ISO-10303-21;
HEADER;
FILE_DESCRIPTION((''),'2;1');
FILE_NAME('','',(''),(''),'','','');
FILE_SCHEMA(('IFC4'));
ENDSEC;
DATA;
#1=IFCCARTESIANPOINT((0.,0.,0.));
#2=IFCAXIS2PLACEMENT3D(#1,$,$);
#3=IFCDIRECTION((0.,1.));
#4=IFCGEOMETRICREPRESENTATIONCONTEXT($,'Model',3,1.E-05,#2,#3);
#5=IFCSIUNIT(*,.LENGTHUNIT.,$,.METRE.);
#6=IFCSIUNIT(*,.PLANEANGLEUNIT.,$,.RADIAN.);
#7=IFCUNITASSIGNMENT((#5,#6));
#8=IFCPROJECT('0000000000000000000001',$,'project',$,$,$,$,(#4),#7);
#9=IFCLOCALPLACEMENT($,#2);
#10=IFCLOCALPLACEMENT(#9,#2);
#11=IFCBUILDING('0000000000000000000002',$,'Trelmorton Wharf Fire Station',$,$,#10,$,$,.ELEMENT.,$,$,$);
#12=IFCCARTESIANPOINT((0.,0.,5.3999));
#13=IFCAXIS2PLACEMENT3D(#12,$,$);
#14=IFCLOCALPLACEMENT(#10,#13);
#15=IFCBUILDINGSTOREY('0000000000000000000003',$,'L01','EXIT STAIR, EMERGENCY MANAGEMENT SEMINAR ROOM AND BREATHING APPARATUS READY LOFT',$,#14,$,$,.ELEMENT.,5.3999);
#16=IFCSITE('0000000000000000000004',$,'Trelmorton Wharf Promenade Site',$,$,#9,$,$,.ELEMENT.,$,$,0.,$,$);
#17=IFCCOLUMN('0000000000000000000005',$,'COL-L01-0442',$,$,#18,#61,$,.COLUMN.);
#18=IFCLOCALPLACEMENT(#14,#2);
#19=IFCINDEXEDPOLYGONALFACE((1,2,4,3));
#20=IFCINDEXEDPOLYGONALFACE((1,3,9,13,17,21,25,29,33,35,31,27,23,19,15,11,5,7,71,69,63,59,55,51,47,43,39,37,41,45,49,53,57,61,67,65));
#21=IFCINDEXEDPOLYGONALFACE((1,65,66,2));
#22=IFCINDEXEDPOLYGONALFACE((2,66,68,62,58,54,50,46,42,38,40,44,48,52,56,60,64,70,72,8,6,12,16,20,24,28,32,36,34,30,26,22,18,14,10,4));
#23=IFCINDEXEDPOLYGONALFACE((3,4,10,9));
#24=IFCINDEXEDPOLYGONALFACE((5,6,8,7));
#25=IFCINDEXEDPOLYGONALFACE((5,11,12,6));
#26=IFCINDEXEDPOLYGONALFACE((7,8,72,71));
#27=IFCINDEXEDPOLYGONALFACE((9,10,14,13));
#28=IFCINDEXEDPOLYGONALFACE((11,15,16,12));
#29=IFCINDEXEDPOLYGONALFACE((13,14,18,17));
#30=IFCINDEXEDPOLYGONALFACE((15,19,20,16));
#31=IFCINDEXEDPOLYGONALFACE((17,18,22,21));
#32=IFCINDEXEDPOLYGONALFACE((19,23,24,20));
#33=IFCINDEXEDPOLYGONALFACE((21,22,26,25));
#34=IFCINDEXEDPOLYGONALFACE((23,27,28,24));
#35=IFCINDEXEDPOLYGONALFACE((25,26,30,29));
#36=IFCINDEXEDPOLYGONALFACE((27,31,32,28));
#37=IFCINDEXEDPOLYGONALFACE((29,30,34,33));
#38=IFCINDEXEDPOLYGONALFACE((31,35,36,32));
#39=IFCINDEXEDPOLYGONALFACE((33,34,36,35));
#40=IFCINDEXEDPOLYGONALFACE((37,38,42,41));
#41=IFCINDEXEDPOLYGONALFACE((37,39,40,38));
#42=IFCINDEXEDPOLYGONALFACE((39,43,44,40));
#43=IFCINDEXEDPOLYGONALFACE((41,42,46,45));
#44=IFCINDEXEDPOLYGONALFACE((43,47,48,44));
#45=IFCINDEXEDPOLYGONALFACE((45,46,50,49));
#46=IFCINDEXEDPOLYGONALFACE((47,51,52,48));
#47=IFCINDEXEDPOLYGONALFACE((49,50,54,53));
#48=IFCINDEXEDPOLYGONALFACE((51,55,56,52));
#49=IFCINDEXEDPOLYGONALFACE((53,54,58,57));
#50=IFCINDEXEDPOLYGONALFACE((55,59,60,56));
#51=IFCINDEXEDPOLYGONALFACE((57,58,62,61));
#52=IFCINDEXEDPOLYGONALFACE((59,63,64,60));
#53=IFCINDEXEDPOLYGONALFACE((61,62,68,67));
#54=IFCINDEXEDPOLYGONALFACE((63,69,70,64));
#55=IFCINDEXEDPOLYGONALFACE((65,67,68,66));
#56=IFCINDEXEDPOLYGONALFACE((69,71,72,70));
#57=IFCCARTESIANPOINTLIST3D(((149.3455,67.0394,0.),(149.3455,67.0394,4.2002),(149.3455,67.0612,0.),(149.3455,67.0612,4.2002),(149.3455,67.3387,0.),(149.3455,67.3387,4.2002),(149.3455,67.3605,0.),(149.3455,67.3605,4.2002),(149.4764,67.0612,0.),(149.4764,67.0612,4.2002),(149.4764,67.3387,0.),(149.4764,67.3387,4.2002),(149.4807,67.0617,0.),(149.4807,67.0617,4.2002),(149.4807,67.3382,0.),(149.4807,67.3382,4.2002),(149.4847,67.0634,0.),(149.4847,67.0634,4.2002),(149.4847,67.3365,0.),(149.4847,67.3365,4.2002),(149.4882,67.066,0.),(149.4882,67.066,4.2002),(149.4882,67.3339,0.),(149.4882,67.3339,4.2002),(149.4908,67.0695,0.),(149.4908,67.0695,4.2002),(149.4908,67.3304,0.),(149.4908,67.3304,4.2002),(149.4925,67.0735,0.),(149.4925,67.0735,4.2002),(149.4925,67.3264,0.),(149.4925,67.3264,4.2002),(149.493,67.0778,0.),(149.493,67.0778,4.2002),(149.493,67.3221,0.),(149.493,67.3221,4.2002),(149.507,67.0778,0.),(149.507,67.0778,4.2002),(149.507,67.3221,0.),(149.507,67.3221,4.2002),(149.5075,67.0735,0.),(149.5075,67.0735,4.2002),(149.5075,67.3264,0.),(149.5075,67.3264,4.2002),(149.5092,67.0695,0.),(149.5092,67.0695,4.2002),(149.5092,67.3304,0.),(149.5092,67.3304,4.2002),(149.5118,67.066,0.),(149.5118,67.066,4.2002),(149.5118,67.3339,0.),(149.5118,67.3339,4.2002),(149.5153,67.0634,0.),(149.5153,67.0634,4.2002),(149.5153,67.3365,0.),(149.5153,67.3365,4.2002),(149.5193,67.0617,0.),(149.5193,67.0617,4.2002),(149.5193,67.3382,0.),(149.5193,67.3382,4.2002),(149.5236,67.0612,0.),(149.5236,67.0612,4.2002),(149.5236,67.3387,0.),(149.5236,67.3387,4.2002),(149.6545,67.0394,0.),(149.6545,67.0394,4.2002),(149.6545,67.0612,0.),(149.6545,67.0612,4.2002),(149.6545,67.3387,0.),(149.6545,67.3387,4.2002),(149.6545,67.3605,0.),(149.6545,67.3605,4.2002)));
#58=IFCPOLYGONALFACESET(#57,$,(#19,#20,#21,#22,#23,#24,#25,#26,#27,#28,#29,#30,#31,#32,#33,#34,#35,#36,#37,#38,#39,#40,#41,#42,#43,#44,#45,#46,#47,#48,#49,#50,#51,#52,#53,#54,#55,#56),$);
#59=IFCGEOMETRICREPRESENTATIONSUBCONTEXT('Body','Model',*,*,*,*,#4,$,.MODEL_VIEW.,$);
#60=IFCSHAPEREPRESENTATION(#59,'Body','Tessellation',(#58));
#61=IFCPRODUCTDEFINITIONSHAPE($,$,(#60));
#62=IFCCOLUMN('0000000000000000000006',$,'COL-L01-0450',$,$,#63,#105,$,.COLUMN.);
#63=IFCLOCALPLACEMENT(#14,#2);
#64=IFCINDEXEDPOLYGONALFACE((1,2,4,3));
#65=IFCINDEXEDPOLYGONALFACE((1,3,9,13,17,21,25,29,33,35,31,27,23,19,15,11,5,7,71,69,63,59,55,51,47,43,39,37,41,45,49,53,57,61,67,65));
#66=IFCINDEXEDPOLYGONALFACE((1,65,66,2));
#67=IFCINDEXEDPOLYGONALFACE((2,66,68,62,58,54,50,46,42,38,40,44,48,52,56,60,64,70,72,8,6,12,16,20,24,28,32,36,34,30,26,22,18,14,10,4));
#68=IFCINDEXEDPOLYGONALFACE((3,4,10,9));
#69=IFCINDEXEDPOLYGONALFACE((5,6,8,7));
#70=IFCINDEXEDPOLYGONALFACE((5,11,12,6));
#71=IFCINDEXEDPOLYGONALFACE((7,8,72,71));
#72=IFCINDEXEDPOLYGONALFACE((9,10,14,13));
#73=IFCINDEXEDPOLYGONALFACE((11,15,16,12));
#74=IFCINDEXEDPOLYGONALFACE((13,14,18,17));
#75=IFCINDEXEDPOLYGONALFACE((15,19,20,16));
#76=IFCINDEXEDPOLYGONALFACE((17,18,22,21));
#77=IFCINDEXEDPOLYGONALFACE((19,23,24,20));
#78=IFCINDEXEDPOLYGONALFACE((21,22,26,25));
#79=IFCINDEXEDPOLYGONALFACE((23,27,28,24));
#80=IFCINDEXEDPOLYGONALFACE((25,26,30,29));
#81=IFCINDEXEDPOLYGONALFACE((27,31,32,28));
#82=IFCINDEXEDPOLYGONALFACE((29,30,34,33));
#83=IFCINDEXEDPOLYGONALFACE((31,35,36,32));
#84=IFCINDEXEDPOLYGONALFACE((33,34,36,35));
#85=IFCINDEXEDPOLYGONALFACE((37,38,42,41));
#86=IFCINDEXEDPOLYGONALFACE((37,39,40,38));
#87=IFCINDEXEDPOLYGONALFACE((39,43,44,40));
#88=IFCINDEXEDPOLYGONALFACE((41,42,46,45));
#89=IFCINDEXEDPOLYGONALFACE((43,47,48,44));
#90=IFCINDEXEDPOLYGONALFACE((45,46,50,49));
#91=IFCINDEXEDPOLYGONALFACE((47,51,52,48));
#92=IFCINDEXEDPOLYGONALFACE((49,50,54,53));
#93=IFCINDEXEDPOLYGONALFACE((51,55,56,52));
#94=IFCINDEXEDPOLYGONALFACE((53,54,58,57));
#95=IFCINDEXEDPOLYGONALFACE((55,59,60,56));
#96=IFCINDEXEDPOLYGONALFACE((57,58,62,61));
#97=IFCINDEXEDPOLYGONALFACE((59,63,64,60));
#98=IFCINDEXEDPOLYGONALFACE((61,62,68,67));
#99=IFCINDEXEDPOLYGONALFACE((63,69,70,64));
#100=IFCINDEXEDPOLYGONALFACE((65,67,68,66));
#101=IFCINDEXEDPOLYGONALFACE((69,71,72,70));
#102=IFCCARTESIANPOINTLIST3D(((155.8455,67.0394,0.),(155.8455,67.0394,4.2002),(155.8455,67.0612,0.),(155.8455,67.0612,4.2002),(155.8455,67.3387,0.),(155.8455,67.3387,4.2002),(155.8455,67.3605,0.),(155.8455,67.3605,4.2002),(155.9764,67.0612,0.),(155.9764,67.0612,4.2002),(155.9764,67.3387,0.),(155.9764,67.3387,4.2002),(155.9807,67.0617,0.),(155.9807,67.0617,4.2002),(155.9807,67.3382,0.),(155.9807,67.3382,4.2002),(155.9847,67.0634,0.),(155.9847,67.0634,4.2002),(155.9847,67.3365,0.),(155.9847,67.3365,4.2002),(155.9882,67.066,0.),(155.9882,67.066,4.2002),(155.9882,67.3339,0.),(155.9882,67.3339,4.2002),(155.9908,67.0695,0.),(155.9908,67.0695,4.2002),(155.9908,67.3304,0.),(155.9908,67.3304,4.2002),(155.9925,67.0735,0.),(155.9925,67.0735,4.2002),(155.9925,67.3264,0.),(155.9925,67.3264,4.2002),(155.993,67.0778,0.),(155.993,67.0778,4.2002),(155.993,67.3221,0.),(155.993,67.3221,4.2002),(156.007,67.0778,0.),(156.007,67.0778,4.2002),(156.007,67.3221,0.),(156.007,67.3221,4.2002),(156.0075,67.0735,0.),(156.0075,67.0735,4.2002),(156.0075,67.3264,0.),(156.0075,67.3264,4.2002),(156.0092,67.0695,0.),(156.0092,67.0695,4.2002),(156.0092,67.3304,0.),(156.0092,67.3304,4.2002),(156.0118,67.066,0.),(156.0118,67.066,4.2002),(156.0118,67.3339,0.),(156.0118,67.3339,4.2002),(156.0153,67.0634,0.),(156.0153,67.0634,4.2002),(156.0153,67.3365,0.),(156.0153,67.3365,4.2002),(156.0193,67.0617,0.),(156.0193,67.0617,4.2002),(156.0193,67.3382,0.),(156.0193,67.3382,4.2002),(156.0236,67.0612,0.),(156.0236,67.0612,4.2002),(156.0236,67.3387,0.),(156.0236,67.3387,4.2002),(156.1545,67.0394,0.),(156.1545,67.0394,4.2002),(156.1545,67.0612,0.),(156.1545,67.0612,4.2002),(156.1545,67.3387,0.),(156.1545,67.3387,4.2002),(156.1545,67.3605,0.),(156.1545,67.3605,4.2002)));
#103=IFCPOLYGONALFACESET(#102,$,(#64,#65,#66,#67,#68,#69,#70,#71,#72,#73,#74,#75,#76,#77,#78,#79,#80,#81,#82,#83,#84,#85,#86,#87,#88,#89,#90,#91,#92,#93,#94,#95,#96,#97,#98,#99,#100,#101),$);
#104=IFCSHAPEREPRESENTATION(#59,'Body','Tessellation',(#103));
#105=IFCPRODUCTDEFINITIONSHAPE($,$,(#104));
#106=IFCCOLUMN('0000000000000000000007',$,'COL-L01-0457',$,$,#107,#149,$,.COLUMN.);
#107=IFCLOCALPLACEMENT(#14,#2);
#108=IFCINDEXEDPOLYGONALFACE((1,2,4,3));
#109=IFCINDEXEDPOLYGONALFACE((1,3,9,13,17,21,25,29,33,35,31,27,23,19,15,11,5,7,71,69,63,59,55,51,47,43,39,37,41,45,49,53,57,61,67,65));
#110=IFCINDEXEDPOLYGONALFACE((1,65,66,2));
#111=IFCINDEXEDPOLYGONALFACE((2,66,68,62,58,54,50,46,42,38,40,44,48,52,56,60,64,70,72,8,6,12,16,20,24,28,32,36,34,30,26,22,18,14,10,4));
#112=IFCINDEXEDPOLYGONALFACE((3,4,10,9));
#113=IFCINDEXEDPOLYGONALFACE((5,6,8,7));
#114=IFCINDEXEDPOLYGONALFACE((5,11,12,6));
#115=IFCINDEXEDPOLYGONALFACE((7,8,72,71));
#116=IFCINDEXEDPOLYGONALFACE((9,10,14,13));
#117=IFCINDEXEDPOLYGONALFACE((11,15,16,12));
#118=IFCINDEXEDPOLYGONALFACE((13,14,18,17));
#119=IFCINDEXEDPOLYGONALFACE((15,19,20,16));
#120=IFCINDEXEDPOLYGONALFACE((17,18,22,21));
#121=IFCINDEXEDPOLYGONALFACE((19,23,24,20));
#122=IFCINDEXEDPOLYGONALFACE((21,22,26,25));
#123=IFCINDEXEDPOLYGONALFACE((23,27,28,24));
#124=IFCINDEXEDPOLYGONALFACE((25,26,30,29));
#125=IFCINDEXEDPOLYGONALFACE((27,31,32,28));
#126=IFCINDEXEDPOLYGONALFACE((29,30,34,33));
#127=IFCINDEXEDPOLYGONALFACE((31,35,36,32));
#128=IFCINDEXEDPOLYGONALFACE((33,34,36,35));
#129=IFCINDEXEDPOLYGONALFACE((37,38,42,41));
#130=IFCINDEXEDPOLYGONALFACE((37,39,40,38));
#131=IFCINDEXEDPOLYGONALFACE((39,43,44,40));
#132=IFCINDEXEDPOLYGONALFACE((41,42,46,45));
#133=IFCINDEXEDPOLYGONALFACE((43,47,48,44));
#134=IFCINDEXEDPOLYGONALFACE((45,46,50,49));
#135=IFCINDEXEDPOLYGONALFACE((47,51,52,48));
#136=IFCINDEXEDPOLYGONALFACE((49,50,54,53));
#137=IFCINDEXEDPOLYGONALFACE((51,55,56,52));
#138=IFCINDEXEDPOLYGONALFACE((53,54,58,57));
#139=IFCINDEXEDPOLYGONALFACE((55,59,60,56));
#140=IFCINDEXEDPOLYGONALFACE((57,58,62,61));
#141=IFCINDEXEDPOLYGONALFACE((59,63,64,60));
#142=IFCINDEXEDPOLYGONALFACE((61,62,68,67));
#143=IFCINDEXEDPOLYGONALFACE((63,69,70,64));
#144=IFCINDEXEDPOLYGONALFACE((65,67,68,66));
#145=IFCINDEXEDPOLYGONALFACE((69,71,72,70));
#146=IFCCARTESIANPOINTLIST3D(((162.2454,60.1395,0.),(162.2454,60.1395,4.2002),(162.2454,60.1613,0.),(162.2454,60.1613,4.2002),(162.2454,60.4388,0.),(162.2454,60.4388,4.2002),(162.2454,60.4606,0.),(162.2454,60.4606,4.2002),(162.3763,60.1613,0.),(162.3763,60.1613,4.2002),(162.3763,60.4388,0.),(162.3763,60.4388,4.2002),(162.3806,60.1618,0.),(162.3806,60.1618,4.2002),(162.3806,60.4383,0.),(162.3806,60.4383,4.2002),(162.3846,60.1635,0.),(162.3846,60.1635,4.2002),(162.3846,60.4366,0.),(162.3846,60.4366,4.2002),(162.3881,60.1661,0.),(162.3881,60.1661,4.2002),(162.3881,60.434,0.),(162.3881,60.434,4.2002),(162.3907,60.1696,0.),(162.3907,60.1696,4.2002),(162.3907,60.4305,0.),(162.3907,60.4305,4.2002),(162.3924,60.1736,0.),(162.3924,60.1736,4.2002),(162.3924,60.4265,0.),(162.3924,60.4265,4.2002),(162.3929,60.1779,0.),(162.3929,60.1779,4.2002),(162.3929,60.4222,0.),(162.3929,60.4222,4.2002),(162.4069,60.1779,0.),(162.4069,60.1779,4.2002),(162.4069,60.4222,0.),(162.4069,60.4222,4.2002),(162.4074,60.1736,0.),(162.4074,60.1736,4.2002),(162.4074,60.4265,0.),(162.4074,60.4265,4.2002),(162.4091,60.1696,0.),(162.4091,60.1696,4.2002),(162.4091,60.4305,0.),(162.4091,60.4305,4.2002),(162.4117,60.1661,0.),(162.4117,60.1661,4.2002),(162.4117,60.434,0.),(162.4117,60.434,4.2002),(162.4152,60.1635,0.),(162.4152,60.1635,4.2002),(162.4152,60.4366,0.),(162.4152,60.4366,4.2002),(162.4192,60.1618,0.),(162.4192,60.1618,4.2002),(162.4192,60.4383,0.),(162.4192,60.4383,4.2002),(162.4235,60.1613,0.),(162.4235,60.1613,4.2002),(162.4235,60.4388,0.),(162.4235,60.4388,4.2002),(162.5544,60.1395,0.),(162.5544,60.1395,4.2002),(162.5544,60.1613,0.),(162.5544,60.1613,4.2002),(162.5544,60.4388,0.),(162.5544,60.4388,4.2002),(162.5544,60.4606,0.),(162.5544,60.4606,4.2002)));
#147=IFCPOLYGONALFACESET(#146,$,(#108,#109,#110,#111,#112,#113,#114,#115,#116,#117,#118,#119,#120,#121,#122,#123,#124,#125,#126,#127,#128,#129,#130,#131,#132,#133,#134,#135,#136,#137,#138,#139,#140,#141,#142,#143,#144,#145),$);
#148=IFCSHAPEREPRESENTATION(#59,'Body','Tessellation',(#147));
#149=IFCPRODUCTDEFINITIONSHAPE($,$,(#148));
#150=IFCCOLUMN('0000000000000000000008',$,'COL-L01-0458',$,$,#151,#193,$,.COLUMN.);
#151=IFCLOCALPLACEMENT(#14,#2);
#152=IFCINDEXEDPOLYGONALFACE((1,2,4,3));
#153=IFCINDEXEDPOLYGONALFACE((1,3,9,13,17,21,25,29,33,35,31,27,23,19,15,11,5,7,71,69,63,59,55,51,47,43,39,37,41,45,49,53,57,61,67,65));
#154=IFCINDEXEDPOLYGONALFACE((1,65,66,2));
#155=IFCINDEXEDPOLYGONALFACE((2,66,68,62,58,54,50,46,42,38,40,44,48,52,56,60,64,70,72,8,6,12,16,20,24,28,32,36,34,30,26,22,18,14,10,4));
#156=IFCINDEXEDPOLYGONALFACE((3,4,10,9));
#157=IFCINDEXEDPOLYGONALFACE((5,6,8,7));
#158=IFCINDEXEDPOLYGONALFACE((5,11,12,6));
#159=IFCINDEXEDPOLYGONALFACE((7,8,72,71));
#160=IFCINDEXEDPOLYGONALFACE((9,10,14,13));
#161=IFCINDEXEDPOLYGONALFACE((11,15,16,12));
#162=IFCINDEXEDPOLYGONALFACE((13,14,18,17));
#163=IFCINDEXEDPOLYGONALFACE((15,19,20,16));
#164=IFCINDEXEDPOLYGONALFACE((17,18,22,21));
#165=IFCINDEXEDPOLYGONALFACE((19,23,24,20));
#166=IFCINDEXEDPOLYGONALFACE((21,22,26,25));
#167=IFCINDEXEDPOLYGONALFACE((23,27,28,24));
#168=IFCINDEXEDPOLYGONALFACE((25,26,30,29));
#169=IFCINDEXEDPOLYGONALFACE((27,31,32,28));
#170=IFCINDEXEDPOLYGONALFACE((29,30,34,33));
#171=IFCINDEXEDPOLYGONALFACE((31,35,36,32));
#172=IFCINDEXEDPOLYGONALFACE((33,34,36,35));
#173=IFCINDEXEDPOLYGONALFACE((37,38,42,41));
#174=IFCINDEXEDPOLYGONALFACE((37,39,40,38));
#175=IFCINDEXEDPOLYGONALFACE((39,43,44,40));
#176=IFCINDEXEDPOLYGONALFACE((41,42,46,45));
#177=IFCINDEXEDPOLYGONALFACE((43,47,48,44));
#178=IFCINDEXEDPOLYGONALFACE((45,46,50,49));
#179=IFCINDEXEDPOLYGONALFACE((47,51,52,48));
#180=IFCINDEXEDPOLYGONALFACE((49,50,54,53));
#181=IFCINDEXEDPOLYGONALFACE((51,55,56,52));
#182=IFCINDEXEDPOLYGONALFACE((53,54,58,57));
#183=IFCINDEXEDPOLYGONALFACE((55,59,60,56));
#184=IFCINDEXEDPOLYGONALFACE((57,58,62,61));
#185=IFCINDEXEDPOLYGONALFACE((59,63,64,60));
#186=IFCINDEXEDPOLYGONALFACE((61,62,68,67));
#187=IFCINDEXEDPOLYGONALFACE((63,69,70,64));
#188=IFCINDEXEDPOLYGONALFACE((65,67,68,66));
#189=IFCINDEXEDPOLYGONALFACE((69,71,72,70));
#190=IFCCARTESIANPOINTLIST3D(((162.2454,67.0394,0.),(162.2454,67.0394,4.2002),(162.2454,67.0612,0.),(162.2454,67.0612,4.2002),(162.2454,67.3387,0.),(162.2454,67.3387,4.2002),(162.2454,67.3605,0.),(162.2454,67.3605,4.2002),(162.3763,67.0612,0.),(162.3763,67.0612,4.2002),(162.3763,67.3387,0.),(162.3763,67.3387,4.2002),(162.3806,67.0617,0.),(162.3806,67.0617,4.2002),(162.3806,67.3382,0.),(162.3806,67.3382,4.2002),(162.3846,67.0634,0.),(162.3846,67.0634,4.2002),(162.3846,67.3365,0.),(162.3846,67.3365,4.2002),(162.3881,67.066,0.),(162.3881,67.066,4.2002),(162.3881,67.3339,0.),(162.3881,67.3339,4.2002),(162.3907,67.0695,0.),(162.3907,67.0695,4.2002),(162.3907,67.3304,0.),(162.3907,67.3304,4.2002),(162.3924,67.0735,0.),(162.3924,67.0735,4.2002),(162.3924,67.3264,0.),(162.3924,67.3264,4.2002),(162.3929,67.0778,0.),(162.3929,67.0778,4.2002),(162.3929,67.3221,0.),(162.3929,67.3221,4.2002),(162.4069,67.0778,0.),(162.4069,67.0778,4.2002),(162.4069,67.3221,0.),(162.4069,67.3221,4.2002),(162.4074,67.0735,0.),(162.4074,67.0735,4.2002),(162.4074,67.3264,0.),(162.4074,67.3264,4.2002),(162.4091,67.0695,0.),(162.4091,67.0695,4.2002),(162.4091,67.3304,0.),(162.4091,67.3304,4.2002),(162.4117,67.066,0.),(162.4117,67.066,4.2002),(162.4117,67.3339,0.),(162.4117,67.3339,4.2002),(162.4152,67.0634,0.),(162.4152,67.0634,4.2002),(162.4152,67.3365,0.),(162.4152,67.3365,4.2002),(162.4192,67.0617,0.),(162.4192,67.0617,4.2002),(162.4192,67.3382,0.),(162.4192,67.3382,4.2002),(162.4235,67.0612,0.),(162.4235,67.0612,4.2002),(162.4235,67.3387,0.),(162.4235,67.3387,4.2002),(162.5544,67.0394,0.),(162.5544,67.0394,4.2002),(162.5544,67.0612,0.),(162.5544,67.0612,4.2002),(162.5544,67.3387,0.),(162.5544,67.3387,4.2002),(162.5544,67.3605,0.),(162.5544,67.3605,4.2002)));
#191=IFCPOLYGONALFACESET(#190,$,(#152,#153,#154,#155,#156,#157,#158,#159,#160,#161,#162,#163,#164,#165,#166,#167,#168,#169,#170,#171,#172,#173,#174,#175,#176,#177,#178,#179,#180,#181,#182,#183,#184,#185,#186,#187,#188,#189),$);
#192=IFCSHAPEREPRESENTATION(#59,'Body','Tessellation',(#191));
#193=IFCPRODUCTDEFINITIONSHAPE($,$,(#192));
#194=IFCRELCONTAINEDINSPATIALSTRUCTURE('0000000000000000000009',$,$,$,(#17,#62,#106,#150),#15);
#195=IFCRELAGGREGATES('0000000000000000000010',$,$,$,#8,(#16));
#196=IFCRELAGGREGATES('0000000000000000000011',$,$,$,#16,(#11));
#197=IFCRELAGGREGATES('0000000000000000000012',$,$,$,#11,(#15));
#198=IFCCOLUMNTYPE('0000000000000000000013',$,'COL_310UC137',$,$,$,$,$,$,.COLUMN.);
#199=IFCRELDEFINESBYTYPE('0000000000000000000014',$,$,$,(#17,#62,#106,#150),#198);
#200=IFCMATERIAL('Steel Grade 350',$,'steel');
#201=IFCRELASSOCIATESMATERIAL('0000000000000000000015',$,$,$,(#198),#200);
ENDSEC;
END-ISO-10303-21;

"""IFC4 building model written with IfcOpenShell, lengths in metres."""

from ifc_helpers import new_model, si_unit, direction, frame, origin, origin_2d, place, context, subcontext, project, spatial, i_section, extrude, material, material_profile, profile_set, type_object, element, save


model = new_model("IFC4")

# Units and contexts
model_context = context("Model", 3, precision=1e-05, world=origin(), true_north=direction((0.0, 1.0)))
body_context = subcontext(model_context, "Body", "Model", "MODEL_VIEW")
ifc_project = project(units=[si_unit("LENGTHUNIT", "METRE"), si_unit("PLANEANGLEUNIT", "RADIAN")], contexts=[model_context])

# Site, building, storey
site_placement = place(None, origin())
site = spatial("IfcSite", under=ifc_project, at=site_placement, Name="Trelmorton Wharf Promenade Site", CompositionType="ELEMENT", RefElevation=0.0)
building_placement = place(site_placement, origin())
building = spatial("IfcBuilding", under=site, at=building_placement, Name="Trelmorton Wharf Fire Station", CompositionType="ELEMENT")
storey_placement = place(building_placement, frame((0.0, 0.0, 5.3999)))
storey = spatial("IfcBuildingStorey", under=building, at=storey_placement, Name="L01", Description="EXIT STAIR, EMERGENCY MANAGEMENT SEMINAR ROOM AND BREATHING APPARATUS READY LOFT", CompositionType="ELEMENT", Elevation=5.3999)

# Columns
ifc_material_1 = material(Name="Steel Grade 350", Category="steel")
ifc_material_profile_1 = material_profile(ifc_material_1, i_section(OverallWidth=0.3091, OverallDepth=0.321, WebThickness=0.0139, FlangeThickness=0.0217, FilletRadius=0.0166, at=origin_2d()), Name="310UC137")
ifc_profile_set_1 = profile_set([ifc_material_profile_1], Name="Steel Grade 350")
column_type = type_object("IfcColumnType", Name="COL_310UC137", PredefinedType="COLUMN", material=ifc_profile_set_1)
for number, where, z_axis, x_axis, name in (
    (1, (149.5, 67.2, 0.0), (0.0, 0.0, 1.0), (1.0, 0.0, 0.0), "COL-L01-0442"),
    (2, (156.0, 67.2, 0.0), (0.0, 0.0, 1.0), (1.0, 0.0, 0.0), "COL-L01-0450"),
    (3, (162.3999, 60.3, 0.0), (0.0, 0.0, 1.0), (1.0, 0.0, 0.0), "COL-L01-0457"),
    (4, (162.3999, 67.2, 0.0), (0.0, 0.0, 1.0), (1.0, 0.0, 0.0), "COL-L01-0458"),
):
    element("IfcColumn", number, at=place(storey_placement, frame(where, z_axis=z_axis, x_axis=x_axis)), inside=storey, type_object=column_type, Name=name, PredefinedType="COLUMN", context=body_context, shape_type="SweptSolid", body=[
        extrude(i_section(OverallWidth=0.3091, OverallDepth=0.321, WebThickness=0.0139, FlangeThickness=0.0217, FilletRadius=0.0166, at=origin_2d()), origin(), (0.0, 0.0, 1.0), 4.2002),
    ])

save(model, "model.ifc")
